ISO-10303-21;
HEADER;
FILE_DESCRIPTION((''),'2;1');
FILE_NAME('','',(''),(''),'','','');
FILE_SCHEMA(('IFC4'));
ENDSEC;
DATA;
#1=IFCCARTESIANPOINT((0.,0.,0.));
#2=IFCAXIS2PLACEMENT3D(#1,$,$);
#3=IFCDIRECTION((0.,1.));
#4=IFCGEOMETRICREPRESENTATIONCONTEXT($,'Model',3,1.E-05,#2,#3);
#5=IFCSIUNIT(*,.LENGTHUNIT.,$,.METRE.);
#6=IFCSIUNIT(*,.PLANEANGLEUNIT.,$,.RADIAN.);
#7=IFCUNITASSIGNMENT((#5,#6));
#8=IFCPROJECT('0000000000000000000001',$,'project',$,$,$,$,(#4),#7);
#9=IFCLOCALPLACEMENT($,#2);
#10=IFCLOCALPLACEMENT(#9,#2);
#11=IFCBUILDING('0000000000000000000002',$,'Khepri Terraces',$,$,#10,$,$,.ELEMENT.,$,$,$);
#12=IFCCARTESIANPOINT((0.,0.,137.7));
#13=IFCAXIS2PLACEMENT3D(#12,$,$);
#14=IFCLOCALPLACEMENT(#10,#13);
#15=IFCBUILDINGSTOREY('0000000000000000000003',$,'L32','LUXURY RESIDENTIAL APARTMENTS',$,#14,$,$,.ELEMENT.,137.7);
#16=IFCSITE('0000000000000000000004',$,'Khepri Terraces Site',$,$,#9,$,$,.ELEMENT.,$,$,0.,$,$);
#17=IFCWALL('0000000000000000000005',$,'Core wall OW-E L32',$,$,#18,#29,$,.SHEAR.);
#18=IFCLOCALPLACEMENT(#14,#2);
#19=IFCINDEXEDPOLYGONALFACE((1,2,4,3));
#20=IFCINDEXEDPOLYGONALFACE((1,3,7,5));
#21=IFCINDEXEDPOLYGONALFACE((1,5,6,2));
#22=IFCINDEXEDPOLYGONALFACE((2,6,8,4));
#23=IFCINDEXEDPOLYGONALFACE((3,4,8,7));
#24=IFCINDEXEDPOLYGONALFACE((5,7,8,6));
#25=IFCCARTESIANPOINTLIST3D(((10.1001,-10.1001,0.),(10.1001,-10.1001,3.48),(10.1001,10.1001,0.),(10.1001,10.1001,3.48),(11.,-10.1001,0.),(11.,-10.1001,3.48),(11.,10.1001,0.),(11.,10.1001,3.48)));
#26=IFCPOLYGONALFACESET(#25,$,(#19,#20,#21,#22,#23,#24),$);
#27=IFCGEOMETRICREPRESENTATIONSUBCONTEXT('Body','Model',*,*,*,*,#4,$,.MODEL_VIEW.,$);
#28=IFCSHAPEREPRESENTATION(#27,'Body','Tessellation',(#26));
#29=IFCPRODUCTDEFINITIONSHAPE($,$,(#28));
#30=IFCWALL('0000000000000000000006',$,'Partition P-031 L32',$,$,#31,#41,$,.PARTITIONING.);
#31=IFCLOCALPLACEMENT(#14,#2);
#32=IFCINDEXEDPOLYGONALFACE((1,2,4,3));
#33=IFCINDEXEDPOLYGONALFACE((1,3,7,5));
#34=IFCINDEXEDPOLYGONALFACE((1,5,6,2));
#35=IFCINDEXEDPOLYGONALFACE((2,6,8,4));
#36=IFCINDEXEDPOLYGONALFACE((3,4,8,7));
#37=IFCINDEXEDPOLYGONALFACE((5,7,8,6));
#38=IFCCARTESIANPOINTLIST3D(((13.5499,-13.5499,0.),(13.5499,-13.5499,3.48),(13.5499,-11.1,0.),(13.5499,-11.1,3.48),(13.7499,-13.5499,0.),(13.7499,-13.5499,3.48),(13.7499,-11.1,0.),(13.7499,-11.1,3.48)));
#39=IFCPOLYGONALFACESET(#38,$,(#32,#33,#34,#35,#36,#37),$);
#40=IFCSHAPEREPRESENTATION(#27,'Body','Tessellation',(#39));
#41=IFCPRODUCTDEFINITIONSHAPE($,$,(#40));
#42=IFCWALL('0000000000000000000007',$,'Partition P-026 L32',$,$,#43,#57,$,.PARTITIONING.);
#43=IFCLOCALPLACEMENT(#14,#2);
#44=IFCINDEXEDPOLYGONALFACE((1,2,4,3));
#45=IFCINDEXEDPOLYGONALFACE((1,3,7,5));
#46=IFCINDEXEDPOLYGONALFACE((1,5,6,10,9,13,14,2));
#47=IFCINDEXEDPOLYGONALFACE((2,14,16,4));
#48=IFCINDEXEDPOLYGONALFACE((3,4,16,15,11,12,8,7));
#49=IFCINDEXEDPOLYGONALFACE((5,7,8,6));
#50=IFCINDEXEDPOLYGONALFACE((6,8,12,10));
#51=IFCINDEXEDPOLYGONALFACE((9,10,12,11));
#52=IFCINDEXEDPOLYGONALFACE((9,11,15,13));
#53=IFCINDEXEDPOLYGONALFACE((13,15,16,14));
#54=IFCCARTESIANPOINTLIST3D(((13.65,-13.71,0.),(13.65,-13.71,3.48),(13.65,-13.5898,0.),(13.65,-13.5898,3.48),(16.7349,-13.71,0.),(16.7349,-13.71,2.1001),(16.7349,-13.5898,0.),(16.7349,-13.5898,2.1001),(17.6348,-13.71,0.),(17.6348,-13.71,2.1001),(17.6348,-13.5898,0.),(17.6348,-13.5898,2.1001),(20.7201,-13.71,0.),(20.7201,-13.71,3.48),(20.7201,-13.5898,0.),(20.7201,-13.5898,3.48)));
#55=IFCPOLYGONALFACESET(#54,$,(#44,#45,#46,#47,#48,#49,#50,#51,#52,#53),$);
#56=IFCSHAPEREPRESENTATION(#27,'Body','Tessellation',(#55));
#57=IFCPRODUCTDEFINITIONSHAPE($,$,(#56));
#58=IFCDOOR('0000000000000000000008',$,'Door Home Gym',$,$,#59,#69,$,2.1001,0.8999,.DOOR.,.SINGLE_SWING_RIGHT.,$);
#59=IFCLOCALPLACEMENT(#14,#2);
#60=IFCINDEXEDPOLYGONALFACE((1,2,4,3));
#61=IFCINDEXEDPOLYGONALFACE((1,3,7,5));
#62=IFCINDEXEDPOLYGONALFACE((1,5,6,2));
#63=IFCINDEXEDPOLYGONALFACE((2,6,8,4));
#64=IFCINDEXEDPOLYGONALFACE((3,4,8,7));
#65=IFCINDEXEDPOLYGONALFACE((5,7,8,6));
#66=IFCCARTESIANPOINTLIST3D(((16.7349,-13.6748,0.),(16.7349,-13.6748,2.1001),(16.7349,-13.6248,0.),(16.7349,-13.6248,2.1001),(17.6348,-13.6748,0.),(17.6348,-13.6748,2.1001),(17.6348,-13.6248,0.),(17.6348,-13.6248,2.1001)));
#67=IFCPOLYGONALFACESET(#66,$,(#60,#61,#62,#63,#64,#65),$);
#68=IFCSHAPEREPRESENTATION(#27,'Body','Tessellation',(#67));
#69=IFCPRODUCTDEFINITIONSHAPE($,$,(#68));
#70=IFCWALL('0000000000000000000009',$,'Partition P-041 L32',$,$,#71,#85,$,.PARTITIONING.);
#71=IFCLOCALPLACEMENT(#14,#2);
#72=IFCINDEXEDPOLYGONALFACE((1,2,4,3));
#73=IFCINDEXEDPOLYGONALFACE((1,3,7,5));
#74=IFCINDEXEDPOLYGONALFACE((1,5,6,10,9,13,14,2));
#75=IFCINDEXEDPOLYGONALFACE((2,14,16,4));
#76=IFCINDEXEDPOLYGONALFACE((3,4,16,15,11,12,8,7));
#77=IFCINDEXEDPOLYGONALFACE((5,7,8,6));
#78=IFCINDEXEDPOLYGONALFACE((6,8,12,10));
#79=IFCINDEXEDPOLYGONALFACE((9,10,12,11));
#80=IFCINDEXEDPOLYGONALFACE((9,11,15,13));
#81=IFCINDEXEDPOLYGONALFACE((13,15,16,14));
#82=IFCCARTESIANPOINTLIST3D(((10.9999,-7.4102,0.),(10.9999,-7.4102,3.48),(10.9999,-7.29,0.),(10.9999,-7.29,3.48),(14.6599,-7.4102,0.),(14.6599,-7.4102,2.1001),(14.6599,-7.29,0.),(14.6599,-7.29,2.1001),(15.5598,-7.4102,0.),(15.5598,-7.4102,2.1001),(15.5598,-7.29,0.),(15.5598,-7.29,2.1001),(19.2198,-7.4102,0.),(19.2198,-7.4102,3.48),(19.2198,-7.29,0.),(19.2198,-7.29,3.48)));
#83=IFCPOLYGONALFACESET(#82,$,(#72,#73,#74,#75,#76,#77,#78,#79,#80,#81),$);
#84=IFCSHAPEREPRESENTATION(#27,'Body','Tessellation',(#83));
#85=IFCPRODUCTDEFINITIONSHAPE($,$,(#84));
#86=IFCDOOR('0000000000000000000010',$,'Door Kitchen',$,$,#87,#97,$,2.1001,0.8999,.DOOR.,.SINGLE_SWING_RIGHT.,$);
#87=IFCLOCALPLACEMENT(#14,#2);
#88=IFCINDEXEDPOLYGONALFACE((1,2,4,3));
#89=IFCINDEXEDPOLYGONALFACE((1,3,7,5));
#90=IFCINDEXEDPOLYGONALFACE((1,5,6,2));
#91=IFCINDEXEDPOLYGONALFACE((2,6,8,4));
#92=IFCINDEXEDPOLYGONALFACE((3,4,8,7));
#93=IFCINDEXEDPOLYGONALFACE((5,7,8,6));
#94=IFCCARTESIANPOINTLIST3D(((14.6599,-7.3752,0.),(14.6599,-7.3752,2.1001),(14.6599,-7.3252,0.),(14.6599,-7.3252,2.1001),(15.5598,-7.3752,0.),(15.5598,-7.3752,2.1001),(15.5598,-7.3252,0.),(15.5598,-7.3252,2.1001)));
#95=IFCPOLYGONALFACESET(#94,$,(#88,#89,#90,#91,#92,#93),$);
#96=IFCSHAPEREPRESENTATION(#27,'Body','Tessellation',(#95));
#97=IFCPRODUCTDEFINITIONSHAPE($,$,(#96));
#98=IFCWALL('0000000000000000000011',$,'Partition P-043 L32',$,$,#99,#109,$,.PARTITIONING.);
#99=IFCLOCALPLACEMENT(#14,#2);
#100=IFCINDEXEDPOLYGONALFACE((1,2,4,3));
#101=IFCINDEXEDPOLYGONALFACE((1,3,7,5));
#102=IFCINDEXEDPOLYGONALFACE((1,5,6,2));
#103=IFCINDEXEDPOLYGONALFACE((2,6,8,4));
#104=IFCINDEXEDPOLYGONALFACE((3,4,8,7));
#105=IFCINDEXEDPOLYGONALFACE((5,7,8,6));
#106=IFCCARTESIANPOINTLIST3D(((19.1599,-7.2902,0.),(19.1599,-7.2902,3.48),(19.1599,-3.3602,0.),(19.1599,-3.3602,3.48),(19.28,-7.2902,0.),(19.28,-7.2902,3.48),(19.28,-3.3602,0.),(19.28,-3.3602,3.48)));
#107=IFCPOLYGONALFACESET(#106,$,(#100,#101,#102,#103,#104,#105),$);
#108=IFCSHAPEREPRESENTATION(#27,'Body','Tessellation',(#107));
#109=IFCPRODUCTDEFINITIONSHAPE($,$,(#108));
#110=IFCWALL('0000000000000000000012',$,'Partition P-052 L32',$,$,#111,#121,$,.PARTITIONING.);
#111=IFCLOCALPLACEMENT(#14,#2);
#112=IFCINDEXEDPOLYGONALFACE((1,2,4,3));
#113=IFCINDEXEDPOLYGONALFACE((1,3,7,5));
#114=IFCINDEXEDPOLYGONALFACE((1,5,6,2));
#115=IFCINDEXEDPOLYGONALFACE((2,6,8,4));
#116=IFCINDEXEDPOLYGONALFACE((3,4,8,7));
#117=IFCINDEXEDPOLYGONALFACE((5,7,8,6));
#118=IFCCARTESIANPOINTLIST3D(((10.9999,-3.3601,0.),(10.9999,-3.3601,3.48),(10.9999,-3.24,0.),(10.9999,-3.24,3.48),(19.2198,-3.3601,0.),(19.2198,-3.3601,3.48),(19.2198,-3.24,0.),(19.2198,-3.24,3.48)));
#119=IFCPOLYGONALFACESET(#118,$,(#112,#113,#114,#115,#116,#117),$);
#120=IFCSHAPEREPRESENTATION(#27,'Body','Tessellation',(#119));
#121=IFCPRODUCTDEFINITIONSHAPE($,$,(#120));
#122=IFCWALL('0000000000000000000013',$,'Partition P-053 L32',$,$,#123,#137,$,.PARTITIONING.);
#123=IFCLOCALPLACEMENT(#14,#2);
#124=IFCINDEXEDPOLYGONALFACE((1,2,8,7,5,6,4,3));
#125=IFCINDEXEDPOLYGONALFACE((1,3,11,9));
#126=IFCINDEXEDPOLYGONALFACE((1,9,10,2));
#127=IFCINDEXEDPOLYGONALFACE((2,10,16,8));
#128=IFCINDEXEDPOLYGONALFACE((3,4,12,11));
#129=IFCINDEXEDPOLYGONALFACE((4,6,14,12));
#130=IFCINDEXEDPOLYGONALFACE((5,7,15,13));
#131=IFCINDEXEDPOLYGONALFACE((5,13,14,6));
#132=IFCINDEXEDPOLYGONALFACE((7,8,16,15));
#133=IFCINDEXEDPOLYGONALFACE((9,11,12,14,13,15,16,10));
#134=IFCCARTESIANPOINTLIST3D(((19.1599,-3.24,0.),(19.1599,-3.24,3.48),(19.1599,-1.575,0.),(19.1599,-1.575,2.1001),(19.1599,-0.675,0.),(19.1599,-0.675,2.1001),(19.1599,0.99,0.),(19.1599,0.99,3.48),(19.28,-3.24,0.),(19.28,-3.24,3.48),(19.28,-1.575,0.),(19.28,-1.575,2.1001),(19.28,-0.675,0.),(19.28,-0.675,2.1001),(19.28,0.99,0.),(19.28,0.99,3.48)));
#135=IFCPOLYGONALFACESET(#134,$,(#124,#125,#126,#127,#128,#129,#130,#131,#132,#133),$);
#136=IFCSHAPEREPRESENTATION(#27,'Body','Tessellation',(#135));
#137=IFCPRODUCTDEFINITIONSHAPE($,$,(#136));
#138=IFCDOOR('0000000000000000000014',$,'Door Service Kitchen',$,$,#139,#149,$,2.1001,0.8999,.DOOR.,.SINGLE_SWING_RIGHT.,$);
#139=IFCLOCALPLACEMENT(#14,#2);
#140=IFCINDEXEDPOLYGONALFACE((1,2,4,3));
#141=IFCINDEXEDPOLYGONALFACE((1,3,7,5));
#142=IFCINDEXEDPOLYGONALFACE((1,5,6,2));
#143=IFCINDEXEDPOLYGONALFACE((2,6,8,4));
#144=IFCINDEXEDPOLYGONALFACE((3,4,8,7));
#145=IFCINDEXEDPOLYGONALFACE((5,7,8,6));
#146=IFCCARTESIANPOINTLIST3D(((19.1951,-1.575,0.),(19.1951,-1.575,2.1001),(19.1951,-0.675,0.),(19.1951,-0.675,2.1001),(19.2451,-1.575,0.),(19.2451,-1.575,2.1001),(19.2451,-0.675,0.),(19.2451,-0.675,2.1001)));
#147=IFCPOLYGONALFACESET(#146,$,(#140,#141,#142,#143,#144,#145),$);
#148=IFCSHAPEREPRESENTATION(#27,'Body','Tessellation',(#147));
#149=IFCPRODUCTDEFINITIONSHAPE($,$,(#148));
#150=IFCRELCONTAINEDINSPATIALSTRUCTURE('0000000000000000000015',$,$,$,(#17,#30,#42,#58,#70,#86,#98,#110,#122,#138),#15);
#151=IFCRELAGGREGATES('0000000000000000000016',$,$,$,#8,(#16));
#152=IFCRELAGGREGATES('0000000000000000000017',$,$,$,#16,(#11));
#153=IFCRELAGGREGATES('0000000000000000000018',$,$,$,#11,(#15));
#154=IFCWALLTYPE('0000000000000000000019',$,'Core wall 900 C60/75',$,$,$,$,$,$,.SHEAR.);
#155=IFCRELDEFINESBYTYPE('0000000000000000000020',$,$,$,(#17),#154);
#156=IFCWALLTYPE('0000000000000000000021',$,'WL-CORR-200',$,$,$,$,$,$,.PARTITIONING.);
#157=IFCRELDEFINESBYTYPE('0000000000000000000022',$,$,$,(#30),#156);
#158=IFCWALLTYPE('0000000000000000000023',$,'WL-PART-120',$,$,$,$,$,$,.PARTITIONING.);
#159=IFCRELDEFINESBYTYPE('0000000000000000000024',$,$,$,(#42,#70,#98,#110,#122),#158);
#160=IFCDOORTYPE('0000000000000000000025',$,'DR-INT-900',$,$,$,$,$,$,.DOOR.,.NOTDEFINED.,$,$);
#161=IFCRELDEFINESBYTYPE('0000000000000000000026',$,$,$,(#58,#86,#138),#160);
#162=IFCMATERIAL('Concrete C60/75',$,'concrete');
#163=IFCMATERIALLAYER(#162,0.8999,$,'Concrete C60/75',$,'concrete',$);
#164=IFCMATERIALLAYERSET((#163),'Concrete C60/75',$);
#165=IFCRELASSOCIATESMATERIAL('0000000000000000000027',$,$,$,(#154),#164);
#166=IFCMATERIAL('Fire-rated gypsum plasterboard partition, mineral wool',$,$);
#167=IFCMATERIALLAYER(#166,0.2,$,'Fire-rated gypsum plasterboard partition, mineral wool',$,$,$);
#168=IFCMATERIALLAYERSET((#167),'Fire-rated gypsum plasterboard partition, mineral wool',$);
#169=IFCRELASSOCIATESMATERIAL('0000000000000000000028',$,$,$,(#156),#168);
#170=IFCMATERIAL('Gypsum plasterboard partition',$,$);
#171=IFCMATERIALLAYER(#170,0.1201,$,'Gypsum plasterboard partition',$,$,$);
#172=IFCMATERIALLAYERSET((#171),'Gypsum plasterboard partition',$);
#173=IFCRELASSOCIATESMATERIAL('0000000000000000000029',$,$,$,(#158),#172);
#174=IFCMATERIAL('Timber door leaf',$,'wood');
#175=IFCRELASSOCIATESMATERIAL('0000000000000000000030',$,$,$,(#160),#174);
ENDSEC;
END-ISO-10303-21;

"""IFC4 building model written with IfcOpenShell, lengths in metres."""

from ifc_helpers import new_model, si_unit, direction, frame, frame_2d, origin, place, context, subcontext, project, spatial, rectangle, extrude, material, layer, layer_set, type_object, element, fill, save


model = new_model("IFC4")

# Units and contexts
model_context = context("Model", 3, precision=1e-05, world=origin(), true_north=direction((0.0, 1.0)))
body_context = subcontext(model_context, "Body", "Model", "MODEL_VIEW")
ifc_project = project(units=[si_unit("LENGTHUNIT", "METRE"), si_unit("PLANEANGLEUNIT", "RADIAN")], contexts=[model_context])

# Site, building, storey
site_placement = place(None, origin())
site = spatial("IfcSite", under=ifc_project, at=site_placement, Name="Khepri Terraces Site", CompositionType="ELEMENT", RefElevation=0.0)
building_placement = place(site_placement, origin())
building = spatial("IfcBuilding", under=site, at=building_placement, Name="Khepri Terraces", CompositionType="ELEMENT")
storey_placement = place(building_placement, frame((0.0, 0.0, 137.7)))
storey = spatial("IfcBuildingStorey", under=building, at=storey_placement, Name="L32", Description="LUXURY RESIDENTIAL APARTMENTS", CompositionType="ELEMENT", Elevation=137.7)

# Walls
ifc_material_1 = material(Name="Concrete C60/75", Category="concrete")
ifc_layer_1 = layer(ifc_material_1, 0.8999, Name="Concrete C60/75", Category="concrete")
ifc_layer_set_1 = layer_set([ifc_layer_1], Name="Concrete C60/75")
wall_type_1 = type_object("IfcWallType", Name="Core wall 900 C60/75", PredefinedType="SHEAR", material=ifc_layer_set_1)
wall_1_placement = place(storey_placement, frame((10.55, -10.1001, 0.0), z_axis=(0.0, 0.0, 1.0), x_axis=(0.0, 1.0, 0.0)))
element("IfcWall", 1, at=wall_1_placement, inside=storey, type_object=wall_type_1, Name="Core wall OW-E L32", PredefinedType="SHEAR", context=body_context, shape_type="SweptSolid", body=[
    extrude(rectangle(XDim=20.2002, YDim=0.8999, at=frame_2d((10.1001, 0.0))), origin(), (0.0, 0.0, 1.0), 3.48),
])
ifc_material_2 = material(Name="Fire-rated gypsum plasterboard partition, mineral wool")
ifc_layer_2 = layer(ifc_material_2, 0.2, Name="Fire-rated gypsum plasterboard partition, mineral wool")
ifc_layer_set_2 = layer_set([ifc_layer_2], Name="Fire-rated gypsum plasterboard partition, mineral wool")
wall_type_2 = type_object("IfcWallType", Name="WL-CORR-200", PredefinedType="PARTITIONING", material=ifc_layer_set_2)
wall_2_placement = place(storey_placement, frame((13.6499, -13.55, 0.0), z_axis=(0.0, 0.0, 1.0), x_axis=(0.0, 1.0, 0.0)))
element("IfcWall", 2, at=wall_2_placement, inside=storey, type_object=wall_type_2, Name="Partition P-031 L32", PredefinedType="PARTITIONING", context=body_context, shape_type="SweptSolid", body=[
    extrude(rectangle(XDim=2.45, YDim=0.2, at=frame_2d((1.2251, 0.0))), origin(), (0.0, 0.0, 1.0), 3.48),
])

# Walls, openings, doors
ifc_material_3 = material(Name="Gypsum plasterboard partition")
ifc_layer_3 = layer(ifc_material_3, 0.1201, Name="Gypsum plasterboard partition")
ifc_layer_set_3 = layer_set([ifc_layer_3], Name="Gypsum plasterboard partition")
wall_type_3 = type_object("IfcWallType", Name="WL-PART-120", PredefinedType="PARTITIONING", material=ifc_layer_set_3)
wall_3_placement = place(storey_placement, frame((13.6499, -13.6499, 0.0), z_axis=(0.0, 0.0, 1.0), x_axis=(1.0, 0.0, 0.0)))
wall_3 = element("IfcWall", 3, at=wall_3_placement, inside=storey, type_object=wall_type_3, Name="Partition P-026 L32", PredefinedType="PARTITIONING", context=body_context, shape_type="SweptSolid", body=[
    extrude(rectangle(XDim=7.0701, YDim=0.1201, at=frame_2d((3.5352, 0.0))), origin(), (0.0, 0.0, 1.0), 3.48),
])
opening_1_placement = place(wall_3_placement, frame((3.085, 0.0, 0.0)))
opening_1 = element("IfcOpeningElement", 4, at=opening_1_placement, cuts=wall_3, PredefinedType="OPENING", context=body_context, shape_type="SweptSolid", body=[
    extrude(rectangle(XDim=0.8999, YDim=2.1001, at=frame_2d((0.45, 1.05))), frame((0.0, 0.0701, 0.0), z_axis=(0.0, -1.0, 0.0), x_axis=(1.0, 0.0, 0.0)), (0.0, 0.0, 1.0), 0.1401),
])
ifc_material_4 = material(Name="Timber door leaf", Category="wood")
door_type_1 = type_object("IfcDoorType", Name="DR-INT-900", OperationType="NOTDEFINED", PredefinedType="DOOR", material=ifc_material_4)
door_1_placement = place(opening_1_placement, frame((0.8999, 0.0, 0.0), z_axis=(0.0, 0.0, 1.0), x_axis=(-1.0, 0.0, 0.0)))
door_1 = element("IfcDoor", 5, at=door_1_placement, inside=storey, type_object=door_type_1, Name="Door Home Gym", OperationType="SINGLE_SWING_RIGHT", OverallHeight=2.1001, OverallWidth=0.8999, PredefinedType="DOOR", context=body_context, shape_type="SweptSolid", body=[
    extrude(rectangle(XDim=0.8999, YDim=2.1001, at=frame_2d((0.45, 1.05))), frame((0.0, 0.0249, 0.0), z_axis=(0.0, -1.0, 0.0), x_axis=(1.0, 0.0, 0.0)), (0.0, 0.0, 1.0), 0.05),
])
fill(opening_1, door_1)
wall_4_placement = place(storey_placement, frame((11.0, -7.3501, 0.0), z_axis=(0.0, 0.0, 1.0), x_axis=(1.0, 0.0, 0.0)))
wall_4 = element("IfcWall", 6, at=wall_4_placement, inside=storey, type_object=wall_type_3, Name="Partition P-041 L32", PredefinedType="PARTITIONING", context=body_context, shape_type="SweptSolid", body=[
    extrude(rectangle(XDim=8.22, YDim=0.1201, at=frame_2d((4.1099, 0.0))), origin(), (0.0, 0.0, 1.0), 3.48),
])
opening_2_placement = place(wall_4_placement, frame((3.6599, 0.0, 0.0)))
opening_2 = element("IfcOpeningElement", 7, at=opening_2_placement, cuts=wall_4, PredefinedType="OPENING", context=body_context, shape_type="SweptSolid", body=[
    extrude(rectangle(XDim=0.8999, YDim=2.1001, at=frame_2d((0.45, 1.05))), frame((0.0, 0.0701, 0.0), z_axis=(0.0, -1.0, 0.0), x_axis=(1.0, 0.0, 0.0)), (0.0, 0.0, 1.0), 0.1401),
])
door_2_placement = place(opening_2_placement, origin())
door_2 = element("IfcDoor", 8, at=door_2_placement, inside=storey, type_object=door_type_1, Name="Door Kitchen", OperationType="SINGLE_SWING_RIGHT", OverallHeight=2.1001, OverallWidth=0.8999, PredefinedType="DOOR", context=body_context, shape_type="SweptSolid", body=[
    extrude(rectangle(XDim=0.8999, YDim=2.1001, at=frame_2d((0.45, 1.05))), frame((0.0, 0.0249, 0.0), z_axis=(0.0, -1.0, 0.0), x_axis=(1.0, 0.0, 0.0)), (0.0, 0.0, 1.0), 0.05),
])
fill(opening_2, door_2)

# Walls
wall_5_placement = place(storey_placement, frame((19.22, -7.29, 0.0), z_axis=(0.0, 0.0, 1.0), x_axis=(0.0, 1.0, 0.0)))
element("IfcWall", 9, at=wall_5_placement, inside=storey, type_object=wall_type_3, Name="Partition P-043 L32", PredefinedType="PARTITIONING", context=body_context, shape_type="SweptSolid", body=[
    extrude(rectangle(XDim=3.9299, YDim=0.1201, at=frame_2d((1.9648, 0.0))), origin(), (0.0, 0.0, 1.0), 3.48),
])
wall_6_placement = place(storey_placement, frame((11.0, -3.3, 0.0), z_axis=(0.0, 0.0, 1.0), x_axis=(1.0, 0.0, 0.0)))
element("IfcWall", 10, at=wall_6_placement, inside=storey, type_object=wall_type_3, Name="Partition P-052 L32", PredefinedType="PARTITIONING", context=body_context, shape_type="SweptSolid", body=[
    extrude(rectangle(XDim=8.22, YDim=0.1201, at=frame_2d((4.1099, 0.0))), origin(), (0.0, 0.0, 1.0), 3.48),
])

# Wall, opening, door
wall_7_placement = place(storey_placement, frame((19.22, -3.24, 0.0), z_axis=(0.0, 0.0, 1.0), x_axis=(0.0, 1.0, 0.0)))
wall_7 = element("IfcWall", 11, at=wall_7_placement, inside=storey, type_object=wall_type_3, Name="Partition P-053 L32", PredefinedType="PARTITIONING", context=body_context, shape_type="SweptSolid", body=[
    extrude(rectangle(XDim=4.23, YDim=0.1201, at=frame_2d((2.115, 0.0))), origin(), (0.0, 0.0, 1.0), 3.48),
])
opening_3_placement = place(wall_7_placement, frame((1.665, 0.0, 0.0)))
opening_3 = element("IfcOpeningElement", 12, at=opening_3_placement, cuts=wall_7, PredefinedType="OPENING", context=body_context, shape_type="SweptSolid", body=[
    extrude(rectangle(XDim=0.8999, YDim=2.1001, at=frame_2d((0.45, 1.05))), frame((0.0, 0.0701, 0.0), z_axis=(0.0, -1.0, 0.0), x_axis=(1.0, 0.0, 0.0)), (0.0, 0.0, 1.0), 0.1401),
])
door_3_placement = place(opening_3_placement, origin())
door_3 = element("IfcDoor", 13, at=door_3_placement, inside=storey, type_object=door_type_1, Name="Door Service Kitchen", OperationType="SINGLE_SWING_RIGHT", OverallHeight=2.1001, OverallWidth=0.8999, PredefinedType="DOOR", context=body_context, shape_type="SweptSolid", body=[
    extrude(rectangle(XDim=0.8999, YDim=2.1001, at=frame_2d((0.45, 1.05))), frame((0.0, 0.0249, 0.0), z_axis=(0.0, -1.0, 0.0), x_axis=(1.0, 0.0, 0.0)), (0.0, 0.0, 1.0), 0.05),
])
fill(opening_3, door_3)

save(model, "model.ifc")
